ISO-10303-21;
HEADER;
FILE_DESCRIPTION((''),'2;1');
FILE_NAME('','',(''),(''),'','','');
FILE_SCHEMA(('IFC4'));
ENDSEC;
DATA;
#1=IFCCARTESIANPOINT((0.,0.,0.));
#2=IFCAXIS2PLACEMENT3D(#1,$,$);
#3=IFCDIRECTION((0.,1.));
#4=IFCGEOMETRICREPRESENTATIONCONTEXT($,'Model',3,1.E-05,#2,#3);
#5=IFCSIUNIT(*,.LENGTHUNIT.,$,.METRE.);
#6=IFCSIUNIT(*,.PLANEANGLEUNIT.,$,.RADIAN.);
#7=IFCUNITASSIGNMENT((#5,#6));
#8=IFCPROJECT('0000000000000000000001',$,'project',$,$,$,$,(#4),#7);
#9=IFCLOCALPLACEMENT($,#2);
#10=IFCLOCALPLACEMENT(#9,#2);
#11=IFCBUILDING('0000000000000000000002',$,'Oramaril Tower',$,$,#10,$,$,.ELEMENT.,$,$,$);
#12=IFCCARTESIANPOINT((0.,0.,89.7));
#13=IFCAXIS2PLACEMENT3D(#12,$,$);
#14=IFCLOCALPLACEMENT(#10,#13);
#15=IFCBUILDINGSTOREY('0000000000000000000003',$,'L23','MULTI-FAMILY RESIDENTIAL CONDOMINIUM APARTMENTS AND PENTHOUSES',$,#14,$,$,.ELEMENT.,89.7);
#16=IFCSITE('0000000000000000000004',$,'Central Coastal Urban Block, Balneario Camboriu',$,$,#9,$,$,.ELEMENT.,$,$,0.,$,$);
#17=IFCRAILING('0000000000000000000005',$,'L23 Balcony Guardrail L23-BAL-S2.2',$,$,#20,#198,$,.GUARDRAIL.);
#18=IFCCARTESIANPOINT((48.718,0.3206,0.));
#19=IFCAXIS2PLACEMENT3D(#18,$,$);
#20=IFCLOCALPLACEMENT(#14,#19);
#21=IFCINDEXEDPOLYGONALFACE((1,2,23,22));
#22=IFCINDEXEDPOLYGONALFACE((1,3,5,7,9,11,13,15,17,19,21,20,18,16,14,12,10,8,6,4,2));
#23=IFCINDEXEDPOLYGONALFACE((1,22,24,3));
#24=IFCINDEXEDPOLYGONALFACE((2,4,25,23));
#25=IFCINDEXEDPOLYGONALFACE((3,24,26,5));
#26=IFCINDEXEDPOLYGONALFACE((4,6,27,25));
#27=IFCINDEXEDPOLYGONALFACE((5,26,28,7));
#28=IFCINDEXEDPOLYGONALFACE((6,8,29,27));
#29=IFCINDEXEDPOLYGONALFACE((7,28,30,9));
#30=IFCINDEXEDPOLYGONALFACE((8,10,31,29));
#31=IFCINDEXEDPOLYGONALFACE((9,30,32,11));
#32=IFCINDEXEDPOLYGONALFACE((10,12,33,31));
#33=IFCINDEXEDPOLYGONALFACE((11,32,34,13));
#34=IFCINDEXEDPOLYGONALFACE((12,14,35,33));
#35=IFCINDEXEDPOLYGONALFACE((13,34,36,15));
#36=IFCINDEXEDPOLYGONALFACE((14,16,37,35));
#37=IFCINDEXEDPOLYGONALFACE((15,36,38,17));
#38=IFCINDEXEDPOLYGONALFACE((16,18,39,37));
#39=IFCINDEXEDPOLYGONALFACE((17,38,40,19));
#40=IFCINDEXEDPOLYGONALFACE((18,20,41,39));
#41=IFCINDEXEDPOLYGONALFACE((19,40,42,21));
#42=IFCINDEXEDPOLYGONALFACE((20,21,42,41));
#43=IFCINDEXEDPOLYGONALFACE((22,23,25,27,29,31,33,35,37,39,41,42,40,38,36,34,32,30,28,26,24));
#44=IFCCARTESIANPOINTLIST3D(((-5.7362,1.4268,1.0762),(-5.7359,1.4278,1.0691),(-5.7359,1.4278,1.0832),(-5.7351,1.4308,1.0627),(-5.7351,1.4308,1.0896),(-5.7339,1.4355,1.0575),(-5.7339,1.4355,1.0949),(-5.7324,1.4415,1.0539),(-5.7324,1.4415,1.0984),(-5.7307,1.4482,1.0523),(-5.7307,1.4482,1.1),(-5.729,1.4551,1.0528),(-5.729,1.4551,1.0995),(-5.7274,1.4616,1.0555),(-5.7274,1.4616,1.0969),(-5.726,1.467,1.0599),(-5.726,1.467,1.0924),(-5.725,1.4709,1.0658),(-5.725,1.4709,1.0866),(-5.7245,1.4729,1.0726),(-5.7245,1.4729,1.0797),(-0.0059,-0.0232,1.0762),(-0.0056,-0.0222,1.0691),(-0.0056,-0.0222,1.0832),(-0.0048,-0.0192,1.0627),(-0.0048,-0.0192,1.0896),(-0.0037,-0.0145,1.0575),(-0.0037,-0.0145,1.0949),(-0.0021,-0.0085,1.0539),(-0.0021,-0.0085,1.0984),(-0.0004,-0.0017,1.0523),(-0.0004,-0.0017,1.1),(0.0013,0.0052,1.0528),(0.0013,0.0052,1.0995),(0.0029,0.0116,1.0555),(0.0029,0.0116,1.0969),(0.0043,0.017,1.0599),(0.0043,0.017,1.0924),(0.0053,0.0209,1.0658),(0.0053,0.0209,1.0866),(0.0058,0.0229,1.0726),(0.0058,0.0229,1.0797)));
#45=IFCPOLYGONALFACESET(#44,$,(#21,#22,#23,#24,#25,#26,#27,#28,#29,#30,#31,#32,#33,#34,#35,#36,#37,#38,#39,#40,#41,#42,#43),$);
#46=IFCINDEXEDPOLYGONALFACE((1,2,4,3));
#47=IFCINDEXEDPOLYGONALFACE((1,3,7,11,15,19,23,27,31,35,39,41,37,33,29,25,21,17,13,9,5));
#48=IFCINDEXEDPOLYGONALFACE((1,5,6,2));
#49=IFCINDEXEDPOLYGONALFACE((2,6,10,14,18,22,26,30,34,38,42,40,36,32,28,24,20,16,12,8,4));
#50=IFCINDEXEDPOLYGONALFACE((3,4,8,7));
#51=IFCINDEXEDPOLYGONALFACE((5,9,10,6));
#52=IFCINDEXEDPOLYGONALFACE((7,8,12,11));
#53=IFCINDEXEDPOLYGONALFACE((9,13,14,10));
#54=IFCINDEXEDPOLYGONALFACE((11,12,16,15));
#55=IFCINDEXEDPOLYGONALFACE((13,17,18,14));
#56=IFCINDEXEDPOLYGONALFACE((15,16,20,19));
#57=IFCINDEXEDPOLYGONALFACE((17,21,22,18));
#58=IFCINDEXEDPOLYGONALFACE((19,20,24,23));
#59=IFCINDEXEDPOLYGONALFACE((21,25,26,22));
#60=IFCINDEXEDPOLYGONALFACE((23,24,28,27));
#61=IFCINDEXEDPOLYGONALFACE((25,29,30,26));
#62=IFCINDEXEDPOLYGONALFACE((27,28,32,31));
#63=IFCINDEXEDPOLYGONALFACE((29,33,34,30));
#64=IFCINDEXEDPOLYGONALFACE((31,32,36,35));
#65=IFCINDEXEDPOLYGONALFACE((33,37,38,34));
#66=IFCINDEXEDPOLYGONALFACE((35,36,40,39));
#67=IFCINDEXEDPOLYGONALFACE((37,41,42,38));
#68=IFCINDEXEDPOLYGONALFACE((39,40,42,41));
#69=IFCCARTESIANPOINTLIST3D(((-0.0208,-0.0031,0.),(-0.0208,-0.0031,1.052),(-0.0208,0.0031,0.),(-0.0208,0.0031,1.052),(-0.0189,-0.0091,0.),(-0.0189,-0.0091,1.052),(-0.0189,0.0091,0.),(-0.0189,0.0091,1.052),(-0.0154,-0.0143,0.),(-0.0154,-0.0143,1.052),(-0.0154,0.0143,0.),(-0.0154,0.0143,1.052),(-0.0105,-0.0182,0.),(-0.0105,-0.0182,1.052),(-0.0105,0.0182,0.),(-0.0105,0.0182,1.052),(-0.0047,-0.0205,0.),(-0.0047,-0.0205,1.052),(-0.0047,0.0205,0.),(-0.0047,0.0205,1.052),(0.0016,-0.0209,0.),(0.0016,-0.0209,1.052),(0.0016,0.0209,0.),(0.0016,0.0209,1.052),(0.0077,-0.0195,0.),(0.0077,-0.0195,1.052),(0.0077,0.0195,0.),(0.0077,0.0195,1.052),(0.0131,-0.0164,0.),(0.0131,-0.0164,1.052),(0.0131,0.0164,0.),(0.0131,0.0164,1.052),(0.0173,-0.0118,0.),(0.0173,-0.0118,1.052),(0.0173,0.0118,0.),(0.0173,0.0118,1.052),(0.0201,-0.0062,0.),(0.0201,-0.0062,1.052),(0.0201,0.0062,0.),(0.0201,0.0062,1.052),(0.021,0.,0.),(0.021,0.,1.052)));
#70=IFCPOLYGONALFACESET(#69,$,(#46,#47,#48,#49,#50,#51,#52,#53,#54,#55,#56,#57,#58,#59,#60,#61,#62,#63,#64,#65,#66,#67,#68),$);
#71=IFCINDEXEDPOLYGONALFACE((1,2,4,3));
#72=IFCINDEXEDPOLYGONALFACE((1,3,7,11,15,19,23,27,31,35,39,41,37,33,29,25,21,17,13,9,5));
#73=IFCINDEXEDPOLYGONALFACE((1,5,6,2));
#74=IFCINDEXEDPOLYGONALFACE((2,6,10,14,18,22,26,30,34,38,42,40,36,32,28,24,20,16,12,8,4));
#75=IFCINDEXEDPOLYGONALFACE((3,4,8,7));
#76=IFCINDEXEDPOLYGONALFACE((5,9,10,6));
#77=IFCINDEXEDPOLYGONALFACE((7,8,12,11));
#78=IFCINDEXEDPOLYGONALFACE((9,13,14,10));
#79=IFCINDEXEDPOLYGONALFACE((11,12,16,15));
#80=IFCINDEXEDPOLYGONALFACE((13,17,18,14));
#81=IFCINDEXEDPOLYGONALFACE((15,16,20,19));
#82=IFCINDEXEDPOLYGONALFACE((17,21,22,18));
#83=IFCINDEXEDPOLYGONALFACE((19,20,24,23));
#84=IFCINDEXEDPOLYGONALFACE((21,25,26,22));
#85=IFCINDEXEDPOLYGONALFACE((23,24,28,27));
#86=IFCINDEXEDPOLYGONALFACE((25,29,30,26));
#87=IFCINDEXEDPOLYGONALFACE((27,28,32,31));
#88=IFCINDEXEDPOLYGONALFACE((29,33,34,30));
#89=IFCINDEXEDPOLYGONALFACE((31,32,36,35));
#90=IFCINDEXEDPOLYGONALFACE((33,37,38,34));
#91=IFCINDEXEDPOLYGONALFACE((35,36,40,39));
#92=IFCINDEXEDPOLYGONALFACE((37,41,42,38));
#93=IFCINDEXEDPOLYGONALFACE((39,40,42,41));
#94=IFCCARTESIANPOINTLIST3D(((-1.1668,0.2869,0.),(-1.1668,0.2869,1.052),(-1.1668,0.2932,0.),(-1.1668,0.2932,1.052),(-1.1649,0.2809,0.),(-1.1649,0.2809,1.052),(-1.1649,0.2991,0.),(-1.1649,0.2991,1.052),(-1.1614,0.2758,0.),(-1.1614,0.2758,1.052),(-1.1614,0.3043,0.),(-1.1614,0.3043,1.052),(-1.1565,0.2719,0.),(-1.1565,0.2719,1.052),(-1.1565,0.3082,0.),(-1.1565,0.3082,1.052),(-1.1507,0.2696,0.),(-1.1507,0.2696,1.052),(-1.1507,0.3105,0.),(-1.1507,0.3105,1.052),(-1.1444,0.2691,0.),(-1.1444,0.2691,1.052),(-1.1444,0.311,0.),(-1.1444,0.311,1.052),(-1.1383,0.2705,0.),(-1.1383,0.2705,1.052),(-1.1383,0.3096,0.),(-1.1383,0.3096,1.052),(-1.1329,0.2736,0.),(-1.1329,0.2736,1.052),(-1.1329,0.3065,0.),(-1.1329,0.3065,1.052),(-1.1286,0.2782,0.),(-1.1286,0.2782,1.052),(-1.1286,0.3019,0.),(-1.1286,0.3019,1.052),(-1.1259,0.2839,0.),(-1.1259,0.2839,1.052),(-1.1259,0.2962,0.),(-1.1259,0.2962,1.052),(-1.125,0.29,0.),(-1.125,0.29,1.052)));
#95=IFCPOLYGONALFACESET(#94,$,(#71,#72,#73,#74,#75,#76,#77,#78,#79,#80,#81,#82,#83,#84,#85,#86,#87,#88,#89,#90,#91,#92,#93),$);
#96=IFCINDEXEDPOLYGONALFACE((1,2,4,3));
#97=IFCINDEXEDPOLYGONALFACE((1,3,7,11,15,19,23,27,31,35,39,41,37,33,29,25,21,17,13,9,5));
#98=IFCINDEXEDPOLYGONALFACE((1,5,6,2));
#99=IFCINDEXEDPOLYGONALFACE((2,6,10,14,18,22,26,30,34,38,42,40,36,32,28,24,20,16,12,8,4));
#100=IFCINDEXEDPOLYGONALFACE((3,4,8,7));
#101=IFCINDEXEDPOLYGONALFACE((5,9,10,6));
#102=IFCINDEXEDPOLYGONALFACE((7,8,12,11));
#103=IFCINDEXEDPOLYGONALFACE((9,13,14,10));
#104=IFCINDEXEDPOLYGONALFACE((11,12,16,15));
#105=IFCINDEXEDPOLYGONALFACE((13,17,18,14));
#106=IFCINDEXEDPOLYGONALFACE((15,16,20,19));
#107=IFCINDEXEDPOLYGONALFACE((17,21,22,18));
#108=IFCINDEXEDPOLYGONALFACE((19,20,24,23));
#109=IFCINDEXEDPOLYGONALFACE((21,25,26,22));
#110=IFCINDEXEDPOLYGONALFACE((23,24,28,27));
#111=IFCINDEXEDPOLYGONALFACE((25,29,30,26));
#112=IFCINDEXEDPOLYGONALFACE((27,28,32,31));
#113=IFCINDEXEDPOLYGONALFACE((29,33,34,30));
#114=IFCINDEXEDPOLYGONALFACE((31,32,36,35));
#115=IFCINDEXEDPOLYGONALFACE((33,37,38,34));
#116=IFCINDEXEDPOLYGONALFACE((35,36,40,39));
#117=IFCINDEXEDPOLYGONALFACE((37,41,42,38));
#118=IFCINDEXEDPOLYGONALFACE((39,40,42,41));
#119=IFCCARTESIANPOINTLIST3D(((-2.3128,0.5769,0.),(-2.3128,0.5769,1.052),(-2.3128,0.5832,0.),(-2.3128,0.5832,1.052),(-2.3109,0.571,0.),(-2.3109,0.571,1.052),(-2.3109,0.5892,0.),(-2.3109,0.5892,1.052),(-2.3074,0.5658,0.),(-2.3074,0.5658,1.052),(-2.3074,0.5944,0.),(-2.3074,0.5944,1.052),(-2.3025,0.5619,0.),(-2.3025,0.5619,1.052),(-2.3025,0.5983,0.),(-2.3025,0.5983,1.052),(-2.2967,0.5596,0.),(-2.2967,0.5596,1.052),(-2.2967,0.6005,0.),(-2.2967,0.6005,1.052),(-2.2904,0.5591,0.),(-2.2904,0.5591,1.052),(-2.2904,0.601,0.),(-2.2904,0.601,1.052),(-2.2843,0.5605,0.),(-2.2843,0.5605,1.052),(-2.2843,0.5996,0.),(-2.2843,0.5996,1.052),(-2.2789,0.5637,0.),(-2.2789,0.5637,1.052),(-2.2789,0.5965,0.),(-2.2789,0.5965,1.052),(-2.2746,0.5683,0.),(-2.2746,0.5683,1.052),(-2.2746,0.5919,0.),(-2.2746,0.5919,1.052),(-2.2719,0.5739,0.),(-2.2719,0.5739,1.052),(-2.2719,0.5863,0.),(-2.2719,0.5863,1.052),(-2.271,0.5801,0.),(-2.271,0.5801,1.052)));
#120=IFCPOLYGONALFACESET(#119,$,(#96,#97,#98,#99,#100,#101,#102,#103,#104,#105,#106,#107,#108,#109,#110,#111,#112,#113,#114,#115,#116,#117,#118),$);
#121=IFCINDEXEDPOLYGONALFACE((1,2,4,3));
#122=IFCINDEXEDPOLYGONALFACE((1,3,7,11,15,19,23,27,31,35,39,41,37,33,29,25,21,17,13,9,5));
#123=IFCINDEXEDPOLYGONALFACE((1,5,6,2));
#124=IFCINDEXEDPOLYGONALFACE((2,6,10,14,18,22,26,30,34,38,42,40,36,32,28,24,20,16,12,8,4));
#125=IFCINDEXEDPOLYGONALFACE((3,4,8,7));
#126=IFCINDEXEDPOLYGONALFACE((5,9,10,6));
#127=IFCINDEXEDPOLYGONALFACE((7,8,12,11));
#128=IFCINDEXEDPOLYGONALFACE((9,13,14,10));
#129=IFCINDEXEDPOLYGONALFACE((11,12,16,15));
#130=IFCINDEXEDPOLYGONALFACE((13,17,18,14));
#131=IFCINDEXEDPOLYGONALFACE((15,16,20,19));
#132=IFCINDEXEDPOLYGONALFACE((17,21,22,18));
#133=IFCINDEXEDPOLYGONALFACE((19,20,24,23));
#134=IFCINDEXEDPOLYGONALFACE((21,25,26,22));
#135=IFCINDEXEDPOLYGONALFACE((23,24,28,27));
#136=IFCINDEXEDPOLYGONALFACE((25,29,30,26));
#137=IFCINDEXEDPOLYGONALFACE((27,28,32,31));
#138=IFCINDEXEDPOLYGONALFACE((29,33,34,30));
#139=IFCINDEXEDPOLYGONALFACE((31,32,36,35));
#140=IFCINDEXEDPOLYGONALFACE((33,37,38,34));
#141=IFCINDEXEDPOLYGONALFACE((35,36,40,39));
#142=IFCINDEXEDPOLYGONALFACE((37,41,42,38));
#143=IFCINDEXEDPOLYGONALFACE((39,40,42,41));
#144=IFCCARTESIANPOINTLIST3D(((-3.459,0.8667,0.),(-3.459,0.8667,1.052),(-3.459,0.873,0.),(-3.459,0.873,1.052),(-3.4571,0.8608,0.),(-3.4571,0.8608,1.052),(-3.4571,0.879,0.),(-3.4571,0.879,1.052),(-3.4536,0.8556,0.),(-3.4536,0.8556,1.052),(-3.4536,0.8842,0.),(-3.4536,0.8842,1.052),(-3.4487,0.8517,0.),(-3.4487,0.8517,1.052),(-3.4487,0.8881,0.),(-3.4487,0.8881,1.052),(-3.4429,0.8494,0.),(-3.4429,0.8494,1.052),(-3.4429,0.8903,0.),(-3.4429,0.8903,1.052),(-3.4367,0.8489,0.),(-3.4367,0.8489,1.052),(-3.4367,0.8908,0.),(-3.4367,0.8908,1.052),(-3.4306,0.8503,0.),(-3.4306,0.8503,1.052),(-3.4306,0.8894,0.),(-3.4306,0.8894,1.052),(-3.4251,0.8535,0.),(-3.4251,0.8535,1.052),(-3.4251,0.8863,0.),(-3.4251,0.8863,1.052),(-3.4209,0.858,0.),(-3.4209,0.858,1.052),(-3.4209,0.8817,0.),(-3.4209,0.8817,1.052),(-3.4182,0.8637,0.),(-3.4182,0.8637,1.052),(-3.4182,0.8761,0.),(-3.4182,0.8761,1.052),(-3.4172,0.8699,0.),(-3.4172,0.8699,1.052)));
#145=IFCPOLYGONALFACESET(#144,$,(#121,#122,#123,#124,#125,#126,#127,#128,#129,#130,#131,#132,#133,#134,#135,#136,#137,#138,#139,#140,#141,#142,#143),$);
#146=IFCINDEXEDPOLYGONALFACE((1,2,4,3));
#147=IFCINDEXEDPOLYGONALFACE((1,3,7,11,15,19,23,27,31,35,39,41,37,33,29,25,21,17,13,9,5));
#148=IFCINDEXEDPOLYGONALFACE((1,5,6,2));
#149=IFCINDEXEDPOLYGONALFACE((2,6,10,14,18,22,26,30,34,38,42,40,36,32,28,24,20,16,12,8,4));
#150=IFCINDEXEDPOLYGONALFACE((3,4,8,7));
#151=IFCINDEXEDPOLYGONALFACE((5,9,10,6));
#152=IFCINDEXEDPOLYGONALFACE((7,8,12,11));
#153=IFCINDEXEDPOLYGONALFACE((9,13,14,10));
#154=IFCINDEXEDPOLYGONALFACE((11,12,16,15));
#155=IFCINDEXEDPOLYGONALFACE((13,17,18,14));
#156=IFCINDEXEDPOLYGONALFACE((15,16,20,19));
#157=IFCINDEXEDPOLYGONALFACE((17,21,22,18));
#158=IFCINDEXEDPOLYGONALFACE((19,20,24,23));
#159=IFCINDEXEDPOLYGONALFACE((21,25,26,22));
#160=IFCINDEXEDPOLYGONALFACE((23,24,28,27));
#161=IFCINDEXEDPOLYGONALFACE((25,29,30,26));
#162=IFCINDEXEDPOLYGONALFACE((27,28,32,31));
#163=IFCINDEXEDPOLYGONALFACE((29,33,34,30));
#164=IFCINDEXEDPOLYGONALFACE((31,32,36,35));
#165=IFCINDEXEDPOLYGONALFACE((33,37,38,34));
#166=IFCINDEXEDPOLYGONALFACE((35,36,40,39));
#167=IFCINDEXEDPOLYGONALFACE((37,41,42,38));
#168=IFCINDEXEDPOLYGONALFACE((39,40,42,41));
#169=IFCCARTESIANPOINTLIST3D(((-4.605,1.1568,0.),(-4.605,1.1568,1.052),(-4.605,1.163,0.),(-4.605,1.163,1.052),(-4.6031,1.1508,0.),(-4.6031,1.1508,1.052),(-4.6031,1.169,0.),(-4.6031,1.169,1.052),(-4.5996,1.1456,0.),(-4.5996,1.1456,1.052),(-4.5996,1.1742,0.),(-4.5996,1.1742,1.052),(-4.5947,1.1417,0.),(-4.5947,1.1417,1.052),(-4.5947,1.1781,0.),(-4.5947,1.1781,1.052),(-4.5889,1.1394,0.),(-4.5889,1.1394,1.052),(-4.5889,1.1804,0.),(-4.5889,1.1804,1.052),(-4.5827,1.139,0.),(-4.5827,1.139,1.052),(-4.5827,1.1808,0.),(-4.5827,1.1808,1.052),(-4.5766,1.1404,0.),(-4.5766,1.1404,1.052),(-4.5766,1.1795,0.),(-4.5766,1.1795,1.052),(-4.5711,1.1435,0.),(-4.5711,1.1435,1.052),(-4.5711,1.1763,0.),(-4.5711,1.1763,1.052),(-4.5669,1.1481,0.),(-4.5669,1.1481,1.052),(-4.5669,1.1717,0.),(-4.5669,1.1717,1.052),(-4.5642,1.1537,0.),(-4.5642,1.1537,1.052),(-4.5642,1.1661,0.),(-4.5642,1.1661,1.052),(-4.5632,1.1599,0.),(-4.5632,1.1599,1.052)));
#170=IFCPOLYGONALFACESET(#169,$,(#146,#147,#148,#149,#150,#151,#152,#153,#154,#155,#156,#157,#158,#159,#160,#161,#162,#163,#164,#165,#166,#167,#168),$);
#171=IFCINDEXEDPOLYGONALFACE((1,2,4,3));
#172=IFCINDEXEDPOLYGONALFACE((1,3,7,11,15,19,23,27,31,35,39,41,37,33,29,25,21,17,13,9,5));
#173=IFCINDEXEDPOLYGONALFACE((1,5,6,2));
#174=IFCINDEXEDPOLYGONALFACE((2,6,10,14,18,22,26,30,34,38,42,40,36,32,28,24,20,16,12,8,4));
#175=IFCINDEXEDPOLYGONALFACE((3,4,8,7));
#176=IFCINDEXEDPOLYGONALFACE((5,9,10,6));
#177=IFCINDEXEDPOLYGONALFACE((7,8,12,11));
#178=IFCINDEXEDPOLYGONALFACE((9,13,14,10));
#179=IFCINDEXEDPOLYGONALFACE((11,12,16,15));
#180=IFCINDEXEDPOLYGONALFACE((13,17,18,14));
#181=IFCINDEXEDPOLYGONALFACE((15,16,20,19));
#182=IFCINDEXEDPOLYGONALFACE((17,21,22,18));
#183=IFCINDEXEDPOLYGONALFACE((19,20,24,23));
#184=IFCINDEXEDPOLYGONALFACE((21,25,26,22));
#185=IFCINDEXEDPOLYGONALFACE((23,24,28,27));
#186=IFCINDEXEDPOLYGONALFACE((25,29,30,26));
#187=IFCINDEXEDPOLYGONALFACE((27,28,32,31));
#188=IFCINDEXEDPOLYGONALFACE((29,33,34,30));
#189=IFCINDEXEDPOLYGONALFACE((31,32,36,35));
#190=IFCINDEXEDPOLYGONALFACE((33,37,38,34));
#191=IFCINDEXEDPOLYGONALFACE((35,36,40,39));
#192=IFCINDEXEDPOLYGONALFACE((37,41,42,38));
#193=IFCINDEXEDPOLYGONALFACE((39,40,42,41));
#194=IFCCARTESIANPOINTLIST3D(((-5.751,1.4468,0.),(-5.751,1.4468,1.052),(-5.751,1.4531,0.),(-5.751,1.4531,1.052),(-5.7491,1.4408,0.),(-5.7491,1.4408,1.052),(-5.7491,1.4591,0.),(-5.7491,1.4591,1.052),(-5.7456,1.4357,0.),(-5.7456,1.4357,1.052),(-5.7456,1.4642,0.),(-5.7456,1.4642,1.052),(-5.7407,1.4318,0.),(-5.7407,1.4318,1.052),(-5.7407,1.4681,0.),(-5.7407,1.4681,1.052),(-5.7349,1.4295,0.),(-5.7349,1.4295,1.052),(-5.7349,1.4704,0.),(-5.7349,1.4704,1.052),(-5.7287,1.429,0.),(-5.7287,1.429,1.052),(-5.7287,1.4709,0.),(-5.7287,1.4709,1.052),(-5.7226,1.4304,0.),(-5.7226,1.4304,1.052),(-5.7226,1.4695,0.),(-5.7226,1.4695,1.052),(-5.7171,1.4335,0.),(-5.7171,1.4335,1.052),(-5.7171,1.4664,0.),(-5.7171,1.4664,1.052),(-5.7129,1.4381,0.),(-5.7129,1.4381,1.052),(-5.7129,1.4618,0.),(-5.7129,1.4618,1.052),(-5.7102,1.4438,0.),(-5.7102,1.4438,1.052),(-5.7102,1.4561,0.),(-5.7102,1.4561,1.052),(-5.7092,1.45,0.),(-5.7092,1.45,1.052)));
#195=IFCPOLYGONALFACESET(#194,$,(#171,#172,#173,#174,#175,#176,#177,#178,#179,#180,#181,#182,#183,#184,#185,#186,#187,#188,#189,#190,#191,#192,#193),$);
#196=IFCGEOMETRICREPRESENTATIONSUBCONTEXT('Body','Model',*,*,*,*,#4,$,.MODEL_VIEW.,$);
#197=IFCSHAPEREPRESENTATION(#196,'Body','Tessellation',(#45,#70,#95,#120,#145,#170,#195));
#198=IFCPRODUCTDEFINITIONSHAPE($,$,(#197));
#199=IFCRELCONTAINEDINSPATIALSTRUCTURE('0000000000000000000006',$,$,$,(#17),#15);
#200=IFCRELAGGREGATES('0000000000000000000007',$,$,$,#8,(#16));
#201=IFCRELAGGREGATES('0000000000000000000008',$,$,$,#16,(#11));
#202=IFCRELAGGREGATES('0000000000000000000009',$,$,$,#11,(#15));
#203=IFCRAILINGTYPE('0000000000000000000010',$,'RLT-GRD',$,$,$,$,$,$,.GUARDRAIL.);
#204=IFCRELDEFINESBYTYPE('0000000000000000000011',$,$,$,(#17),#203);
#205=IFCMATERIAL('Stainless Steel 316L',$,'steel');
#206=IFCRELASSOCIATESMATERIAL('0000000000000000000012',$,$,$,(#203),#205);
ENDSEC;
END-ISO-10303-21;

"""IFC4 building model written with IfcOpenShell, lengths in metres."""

from ifc_helpers import new_model, si_unit, direction, frame, origin, origin_2d, place, context, subcontext, project, spatial, circle, extrude, material, type_object, element, save


model = new_model("IFC4")

# Units and contexts
model_context = context("Model", 3, precision=1e-05, world=origin(), true_north=direction((0.0, 1.0)))
body_context = subcontext(model_context, "Body", "Model", "MODEL_VIEW")
ifc_project = project(units=[si_unit("LENGTHUNIT", "METRE"), si_unit("PLANEANGLEUNIT", "RADIAN")], contexts=[model_context])

# Site, building, storey
site_placement = place(None, origin())
site = spatial("IfcSite", under=ifc_project, at=site_placement, Name="Central Coastal Urban Block, Balneario Camboriu", CompositionType="ELEMENT", RefElevation=0.0)
building_placement = place(site_placement, origin())
building = spatial("IfcBuilding", under=site, at=building_placement, Name="Oramaril Tower", CompositionType="ELEMENT")
storey_placement = place(building_placement, frame((0.0, 0.0, 89.7)))
storey = spatial("IfcBuildingStorey", under=building, at=storey_placement, Name="L23", Description="MULTI-FAMILY RESIDENTIAL CONDOMINIUM APARTMENTS AND PENTHOUSES", CompositionType="ELEMENT", Elevation=89.7)

# Railing
ifc_material_1 = material(Name="Stainless Steel 316L", Category="steel")
railing_type = type_object("IfcRailingType", Name="RLT-GRD", PredefinedType="GUARDRAIL", material=ifc_material_1)
railing_1_placement = place(storey_placement, frame((48.718, 0.3206, 0.0)))
element("IfcRailing", 1, at=railing_1_placement, inside=storey, type_object=railing_type, Name="L23 Balcony Guardrail L23-BAL-S2.2", PredefinedType="GUARDRAIL", context=body_context, shape_type="SweptSolid", body=[
    extrude(circle(Radius=0.0239, at=origin_2d()), frame((0.0, 0.0, 1.0762), z_axis=(-0.969446, 0.245304, 0.0), x_axis=(-0.245304, -0.969446, 0.0)), (0.0, 0.0, 1.0), 5.9109),
    extrude(circle(Radius=0.021, at=origin_2d()), origin(), (0.0, 0.0, 1.0), 1.052),
    extrude(circle(Radius=0.021, at=origin_2d()), frame((-1.146, 0.29, 0.0)), (0.0, 0.0, 1.0), 1.052),
    extrude(circle(Radius=0.021, at=origin_2d()), frame((-2.292, 0.5801, 0.0)), (0.0, 0.0, 1.0), 1.052),
    extrude(circle(Radius=0.021, at=origin_2d()), frame((-3.4382, 0.8699, 0.0)), (0.0, 0.0, 1.0), 1.052),
    extrude(circle(Radius=0.021, at=origin_2d()), frame((-4.5842, 1.1599, 0.0)), (0.0, 0.0, 1.0), 1.052),
    extrude(circle(Radius=0.021, at=origin_2d()), frame((-5.7302, 1.45, 0.0)), (0.0, 0.0, 1.0), 1.052),
])

save(model, "model.ifc")
